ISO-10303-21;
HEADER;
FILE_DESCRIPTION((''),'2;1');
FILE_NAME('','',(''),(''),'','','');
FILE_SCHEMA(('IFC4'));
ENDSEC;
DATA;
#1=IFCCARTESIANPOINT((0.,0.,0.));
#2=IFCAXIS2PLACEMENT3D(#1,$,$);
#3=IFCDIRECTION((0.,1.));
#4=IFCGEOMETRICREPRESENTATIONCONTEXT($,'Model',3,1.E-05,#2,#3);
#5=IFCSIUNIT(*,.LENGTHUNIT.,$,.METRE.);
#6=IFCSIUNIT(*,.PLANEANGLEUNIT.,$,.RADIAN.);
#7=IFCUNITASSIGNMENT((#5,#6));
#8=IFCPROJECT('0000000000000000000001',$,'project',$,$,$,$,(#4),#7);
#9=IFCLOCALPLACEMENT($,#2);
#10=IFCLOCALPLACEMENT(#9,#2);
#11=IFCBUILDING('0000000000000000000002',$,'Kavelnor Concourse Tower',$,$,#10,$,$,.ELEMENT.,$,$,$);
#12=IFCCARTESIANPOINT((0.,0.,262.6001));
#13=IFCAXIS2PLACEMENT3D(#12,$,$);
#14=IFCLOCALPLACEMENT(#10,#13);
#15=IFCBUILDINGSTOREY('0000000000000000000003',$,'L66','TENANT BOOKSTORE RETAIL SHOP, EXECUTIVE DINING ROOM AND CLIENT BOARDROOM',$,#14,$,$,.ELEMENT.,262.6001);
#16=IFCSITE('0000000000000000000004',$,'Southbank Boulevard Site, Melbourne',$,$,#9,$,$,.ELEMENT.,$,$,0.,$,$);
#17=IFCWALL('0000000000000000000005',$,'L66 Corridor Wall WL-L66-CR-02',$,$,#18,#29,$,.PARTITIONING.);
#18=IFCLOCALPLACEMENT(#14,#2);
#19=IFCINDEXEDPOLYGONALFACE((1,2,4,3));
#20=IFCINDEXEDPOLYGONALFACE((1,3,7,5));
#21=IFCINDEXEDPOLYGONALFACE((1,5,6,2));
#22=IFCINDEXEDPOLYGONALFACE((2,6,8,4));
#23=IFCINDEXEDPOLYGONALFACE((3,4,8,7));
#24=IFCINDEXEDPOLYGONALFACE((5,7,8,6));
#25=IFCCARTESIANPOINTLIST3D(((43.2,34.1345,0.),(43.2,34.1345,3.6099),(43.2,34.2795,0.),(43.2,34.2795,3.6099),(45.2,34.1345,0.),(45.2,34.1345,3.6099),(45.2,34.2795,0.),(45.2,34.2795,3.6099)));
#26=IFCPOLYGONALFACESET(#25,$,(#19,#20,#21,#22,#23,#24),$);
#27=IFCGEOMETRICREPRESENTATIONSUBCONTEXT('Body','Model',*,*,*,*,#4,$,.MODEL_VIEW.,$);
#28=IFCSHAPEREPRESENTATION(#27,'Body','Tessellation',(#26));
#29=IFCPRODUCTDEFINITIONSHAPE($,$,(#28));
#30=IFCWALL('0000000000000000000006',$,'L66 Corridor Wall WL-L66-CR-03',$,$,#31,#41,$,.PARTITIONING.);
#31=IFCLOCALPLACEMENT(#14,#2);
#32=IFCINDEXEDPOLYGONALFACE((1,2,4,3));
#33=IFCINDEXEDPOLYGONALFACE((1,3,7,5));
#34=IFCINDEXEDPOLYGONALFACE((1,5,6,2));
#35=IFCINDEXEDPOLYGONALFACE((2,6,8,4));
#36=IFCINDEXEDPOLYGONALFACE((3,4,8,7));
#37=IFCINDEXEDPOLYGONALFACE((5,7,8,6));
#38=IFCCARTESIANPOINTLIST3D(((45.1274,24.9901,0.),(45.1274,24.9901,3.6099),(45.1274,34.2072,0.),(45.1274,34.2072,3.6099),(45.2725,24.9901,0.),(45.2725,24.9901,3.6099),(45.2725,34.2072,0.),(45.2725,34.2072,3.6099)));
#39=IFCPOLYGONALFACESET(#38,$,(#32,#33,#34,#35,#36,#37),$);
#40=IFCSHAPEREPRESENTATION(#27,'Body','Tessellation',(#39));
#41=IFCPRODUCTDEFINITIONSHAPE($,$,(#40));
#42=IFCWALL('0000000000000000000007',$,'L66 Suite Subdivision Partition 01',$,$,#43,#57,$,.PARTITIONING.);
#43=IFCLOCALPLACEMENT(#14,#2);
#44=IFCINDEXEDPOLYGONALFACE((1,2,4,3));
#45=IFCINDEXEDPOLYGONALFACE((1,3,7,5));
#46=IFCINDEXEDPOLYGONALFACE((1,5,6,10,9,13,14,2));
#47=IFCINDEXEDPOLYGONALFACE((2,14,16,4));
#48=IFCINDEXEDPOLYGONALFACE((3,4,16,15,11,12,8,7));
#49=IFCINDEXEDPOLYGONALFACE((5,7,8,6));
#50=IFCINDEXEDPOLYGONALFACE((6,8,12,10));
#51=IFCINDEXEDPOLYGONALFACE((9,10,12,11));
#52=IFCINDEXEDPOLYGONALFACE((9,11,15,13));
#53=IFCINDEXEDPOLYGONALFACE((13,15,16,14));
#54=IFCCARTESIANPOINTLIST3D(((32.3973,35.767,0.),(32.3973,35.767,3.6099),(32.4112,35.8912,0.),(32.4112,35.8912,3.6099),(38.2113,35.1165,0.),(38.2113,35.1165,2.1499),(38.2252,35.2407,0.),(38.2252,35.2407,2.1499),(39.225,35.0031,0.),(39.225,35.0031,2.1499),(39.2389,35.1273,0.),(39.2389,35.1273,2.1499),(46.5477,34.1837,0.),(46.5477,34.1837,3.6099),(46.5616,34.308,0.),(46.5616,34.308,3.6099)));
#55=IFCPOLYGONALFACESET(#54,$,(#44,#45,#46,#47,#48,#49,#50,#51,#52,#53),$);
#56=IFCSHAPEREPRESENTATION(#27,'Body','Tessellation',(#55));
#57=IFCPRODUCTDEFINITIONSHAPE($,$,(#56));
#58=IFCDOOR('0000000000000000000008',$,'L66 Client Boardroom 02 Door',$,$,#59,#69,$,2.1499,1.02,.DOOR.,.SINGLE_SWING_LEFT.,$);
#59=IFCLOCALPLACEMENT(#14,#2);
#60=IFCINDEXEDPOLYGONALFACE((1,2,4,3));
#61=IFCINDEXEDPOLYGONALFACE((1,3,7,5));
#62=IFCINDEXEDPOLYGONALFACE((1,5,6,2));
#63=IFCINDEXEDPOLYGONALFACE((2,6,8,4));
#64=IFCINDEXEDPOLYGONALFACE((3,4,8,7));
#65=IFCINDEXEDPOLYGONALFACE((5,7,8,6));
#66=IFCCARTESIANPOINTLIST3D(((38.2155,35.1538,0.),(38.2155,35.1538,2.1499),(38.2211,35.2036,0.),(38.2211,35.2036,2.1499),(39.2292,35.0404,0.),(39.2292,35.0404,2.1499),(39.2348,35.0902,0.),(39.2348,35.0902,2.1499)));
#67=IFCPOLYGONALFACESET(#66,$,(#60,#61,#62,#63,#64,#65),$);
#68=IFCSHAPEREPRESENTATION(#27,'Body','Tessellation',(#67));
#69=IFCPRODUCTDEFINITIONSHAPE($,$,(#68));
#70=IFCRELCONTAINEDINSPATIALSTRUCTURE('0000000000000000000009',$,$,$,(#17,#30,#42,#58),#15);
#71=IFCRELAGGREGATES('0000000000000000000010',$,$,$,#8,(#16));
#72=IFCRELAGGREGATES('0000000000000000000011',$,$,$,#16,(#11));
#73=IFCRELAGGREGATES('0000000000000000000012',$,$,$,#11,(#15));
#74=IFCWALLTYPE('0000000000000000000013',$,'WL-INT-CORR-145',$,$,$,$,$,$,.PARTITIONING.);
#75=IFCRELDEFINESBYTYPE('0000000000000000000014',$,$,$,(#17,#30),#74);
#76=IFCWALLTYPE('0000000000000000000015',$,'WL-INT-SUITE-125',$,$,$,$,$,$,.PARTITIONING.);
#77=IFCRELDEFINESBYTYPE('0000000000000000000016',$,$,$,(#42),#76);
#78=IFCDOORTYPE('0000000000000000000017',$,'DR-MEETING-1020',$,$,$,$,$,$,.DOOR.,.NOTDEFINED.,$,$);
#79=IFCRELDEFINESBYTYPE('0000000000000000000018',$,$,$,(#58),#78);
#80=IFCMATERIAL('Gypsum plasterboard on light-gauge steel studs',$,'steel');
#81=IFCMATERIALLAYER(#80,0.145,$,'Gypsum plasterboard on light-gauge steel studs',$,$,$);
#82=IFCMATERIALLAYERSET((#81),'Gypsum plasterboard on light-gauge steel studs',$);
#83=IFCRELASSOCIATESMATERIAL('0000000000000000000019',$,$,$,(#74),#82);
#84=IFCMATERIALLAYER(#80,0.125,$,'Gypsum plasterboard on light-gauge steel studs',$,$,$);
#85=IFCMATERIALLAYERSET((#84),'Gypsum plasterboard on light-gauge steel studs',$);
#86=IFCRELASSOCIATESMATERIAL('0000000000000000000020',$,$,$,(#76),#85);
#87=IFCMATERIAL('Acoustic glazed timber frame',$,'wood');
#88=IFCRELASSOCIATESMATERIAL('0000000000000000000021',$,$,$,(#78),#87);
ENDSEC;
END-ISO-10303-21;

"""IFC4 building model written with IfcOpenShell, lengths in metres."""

from ifc_helpers import new_model, si_unit, direction, frame, frame_2d, origin, place, context, subcontext, project, spatial, rectangle, extrude, material, layer, layer_set, type_object, element, fill, save


model = new_model("IFC4")

# Units and contexts
model_context = context("Model", 3, precision=1e-05, world=origin(), true_north=direction((0.0, 1.0)))
body_context = subcontext(model_context, "Body", "Model", "MODEL_VIEW")
ifc_project = project(units=[si_unit("LENGTHUNIT", "METRE"), si_unit("PLANEANGLEUNIT", "RADIAN")], contexts=[model_context])

# Site, building, storey
site_placement = place(None, origin())
site = spatial("IfcSite", under=ifc_project, at=site_placement, Name="Southbank Boulevard Site, Melbourne", CompositionType="ELEMENT", RefElevation=0.0)
building_placement = place(site_placement, origin())
building = spatial("IfcBuilding", under=site, at=building_placement, Name="Kavelnor Concourse Tower", CompositionType="ELEMENT")
storey_placement = place(building_placement, frame((0.0, 0.0, 262.6001)))
storey = spatial("IfcBuildingStorey", under=building, at=storey_placement, Name="L66", Description="TENANT BOOKSTORE RETAIL SHOP, EXECUTIVE DINING ROOM AND CLIENT BOARDROOM", CompositionType="ELEMENT", Elevation=262.6001)

# Walls
ifc_material_1 = material(Name="Gypsum plasterboard on light-gauge steel studs", Category="steel")
ifc_layer_1 = layer(ifc_material_1, 0.145, Name="Gypsum plasterboard on light-gauge steel studs")
ifc_layer_set_1 = layer_set([ifc_layer_1], Name="Gypsum plasterboard on light-gauge steel studs")
wall_type_1 = type_object("IfcWallType", Name="WL-INT-CORR-145", PredefinedType="PARTITIONING", material=ifc_layer_set_1)
wall_1_placement = place(storey_placement, frame((43.2, 34.207, 0.0), z_axis=(0.0, 0.0, 1.0), x_axis=(1.0, 0.0, 0.0)))
element("IfcWall", 1, at=wall_1_placement, inside=storey, type_object=wall_type_1, Name="L66 Corridor Wall WL-L66-CR-02", PredefinedType="PARTITIONING", context=body_context, shape_type="SweptSolid", body=[
    extrude(rectangle(XDim=2.0, YDim=0.145, at=frame_2d((1.0, 0.0))), origin(), (0.0, 0.0, 1.0), 3.6099),
])
wall_2_placement = place(storey_placement, frame((45.2, 34.207, 0.0), z_axis=(0.0, 0.0, 1.0), x_axis=(0.0, -1.0, 0.0)))
element("IfcWall", 2, at=wall_2_placement, inside=storey, type_object=wall_type_1, Name="L66 Corridor Wall WL-L66-CR-03", PredefinedType="PARTITIONING", context=body_context, shape_type="SweptSolid", body=[
    extrude(rectangle(XDim=9.217, YDim=0.145, at=frame_2d((4.6084, 0.0))), origin(), (0.0, 0.0, 1.0), 3.6099),
])

# Wall, opening, door
ifc_layer_2 = layer(ifc_material_1, 0.125, Name="Gypsum plasterboard on light-gauge steel studs")
ifc_layer_set_2 = layer_set([ifc_layer_2], Name="Gypsum plasterboard on light-gauge steel studs")
wall_type_2 = type_object("IfcWallType", Name="WL-INT-SUITE-125", PredefinedType="PARTITIONING", material=ifc_layer_set_2)
wall_3_placement = place(storey_placement, frame((46.5547, 34.2458, 0.0), z_axis=(0.0, 0.0, 1.0), x_axis=(-0.993799, 0.111194, 0.0)))
wall_3 = element("IfcWall", 3, at=wall_3_placement, inside=storey, type_object=wall_type_2, Name="L66 Suite Subdivision Partition 01", PredefinedType="PARTITIONING", context=body_context, shape_type="SweptSolid", body=[
    extrude(rectangle(XDim=14.2388, YDim=0.125, at=frame_2d((7.1194, 0.0))), origin(), (0.0, 0.0, 1.0), 3.6099),
])
opening_1_placement = place(wall_3_placement, frame((7.3684, 0.0, 0.0)))
opening_1 = element("IfcOpeningElement", 4, at=opening_1_placement, cuts=wall_3, PredefinedType="OPENING", context=body_context, shape_type="SweptSolid", body=[
    extrude(rectangle(XDim=1.02, YDim=2.1499, at=frame_2d((0.51, 1.075))), frame((0.0, 0.0725, 0.0), z_axis=(0.0, -1.0, 0.0), x_axis=(1.0, 0.0, 0.0)), (0.0, 0.0, 1.0), 0.145),
])
ifc_material_2 = material(Name="Acoustic glazed timber frame", Category="wood")
door_type = type_object("IfcDoorType", Name="DR-MEETING-1020", OperationType="NOTDEFINED", PredefinedType="DOOR", material=ifc_material_2)
door_placement = place(opening_1_placement, origin())
door = element("IfcDoor", 5, at=door_placement, inside=storey, type_object=door_type, Name="L66 Client Boardroom 02 Door", OperationType="SINGLE_SWING_LEFT", OverallHeight=2.1499, OverallWidth=1.02, PredefinedType="DOOR", context=body_context, shape_type="SweptSolid", body=[
    extrude(rectangle(XDim=1.02, YDim=2.1499, at=frame_2d((0.51, 1.075))), frame((0.0, 0.0249, 0.0), z_axis=(0.0, -1.0, 0.0), x_axis=(1.0, 0.0, 0.0)), (0.0, 0.0, 1.0), 0.05),
])
fill(opening_1, door)

save(model, "model.ifc")
